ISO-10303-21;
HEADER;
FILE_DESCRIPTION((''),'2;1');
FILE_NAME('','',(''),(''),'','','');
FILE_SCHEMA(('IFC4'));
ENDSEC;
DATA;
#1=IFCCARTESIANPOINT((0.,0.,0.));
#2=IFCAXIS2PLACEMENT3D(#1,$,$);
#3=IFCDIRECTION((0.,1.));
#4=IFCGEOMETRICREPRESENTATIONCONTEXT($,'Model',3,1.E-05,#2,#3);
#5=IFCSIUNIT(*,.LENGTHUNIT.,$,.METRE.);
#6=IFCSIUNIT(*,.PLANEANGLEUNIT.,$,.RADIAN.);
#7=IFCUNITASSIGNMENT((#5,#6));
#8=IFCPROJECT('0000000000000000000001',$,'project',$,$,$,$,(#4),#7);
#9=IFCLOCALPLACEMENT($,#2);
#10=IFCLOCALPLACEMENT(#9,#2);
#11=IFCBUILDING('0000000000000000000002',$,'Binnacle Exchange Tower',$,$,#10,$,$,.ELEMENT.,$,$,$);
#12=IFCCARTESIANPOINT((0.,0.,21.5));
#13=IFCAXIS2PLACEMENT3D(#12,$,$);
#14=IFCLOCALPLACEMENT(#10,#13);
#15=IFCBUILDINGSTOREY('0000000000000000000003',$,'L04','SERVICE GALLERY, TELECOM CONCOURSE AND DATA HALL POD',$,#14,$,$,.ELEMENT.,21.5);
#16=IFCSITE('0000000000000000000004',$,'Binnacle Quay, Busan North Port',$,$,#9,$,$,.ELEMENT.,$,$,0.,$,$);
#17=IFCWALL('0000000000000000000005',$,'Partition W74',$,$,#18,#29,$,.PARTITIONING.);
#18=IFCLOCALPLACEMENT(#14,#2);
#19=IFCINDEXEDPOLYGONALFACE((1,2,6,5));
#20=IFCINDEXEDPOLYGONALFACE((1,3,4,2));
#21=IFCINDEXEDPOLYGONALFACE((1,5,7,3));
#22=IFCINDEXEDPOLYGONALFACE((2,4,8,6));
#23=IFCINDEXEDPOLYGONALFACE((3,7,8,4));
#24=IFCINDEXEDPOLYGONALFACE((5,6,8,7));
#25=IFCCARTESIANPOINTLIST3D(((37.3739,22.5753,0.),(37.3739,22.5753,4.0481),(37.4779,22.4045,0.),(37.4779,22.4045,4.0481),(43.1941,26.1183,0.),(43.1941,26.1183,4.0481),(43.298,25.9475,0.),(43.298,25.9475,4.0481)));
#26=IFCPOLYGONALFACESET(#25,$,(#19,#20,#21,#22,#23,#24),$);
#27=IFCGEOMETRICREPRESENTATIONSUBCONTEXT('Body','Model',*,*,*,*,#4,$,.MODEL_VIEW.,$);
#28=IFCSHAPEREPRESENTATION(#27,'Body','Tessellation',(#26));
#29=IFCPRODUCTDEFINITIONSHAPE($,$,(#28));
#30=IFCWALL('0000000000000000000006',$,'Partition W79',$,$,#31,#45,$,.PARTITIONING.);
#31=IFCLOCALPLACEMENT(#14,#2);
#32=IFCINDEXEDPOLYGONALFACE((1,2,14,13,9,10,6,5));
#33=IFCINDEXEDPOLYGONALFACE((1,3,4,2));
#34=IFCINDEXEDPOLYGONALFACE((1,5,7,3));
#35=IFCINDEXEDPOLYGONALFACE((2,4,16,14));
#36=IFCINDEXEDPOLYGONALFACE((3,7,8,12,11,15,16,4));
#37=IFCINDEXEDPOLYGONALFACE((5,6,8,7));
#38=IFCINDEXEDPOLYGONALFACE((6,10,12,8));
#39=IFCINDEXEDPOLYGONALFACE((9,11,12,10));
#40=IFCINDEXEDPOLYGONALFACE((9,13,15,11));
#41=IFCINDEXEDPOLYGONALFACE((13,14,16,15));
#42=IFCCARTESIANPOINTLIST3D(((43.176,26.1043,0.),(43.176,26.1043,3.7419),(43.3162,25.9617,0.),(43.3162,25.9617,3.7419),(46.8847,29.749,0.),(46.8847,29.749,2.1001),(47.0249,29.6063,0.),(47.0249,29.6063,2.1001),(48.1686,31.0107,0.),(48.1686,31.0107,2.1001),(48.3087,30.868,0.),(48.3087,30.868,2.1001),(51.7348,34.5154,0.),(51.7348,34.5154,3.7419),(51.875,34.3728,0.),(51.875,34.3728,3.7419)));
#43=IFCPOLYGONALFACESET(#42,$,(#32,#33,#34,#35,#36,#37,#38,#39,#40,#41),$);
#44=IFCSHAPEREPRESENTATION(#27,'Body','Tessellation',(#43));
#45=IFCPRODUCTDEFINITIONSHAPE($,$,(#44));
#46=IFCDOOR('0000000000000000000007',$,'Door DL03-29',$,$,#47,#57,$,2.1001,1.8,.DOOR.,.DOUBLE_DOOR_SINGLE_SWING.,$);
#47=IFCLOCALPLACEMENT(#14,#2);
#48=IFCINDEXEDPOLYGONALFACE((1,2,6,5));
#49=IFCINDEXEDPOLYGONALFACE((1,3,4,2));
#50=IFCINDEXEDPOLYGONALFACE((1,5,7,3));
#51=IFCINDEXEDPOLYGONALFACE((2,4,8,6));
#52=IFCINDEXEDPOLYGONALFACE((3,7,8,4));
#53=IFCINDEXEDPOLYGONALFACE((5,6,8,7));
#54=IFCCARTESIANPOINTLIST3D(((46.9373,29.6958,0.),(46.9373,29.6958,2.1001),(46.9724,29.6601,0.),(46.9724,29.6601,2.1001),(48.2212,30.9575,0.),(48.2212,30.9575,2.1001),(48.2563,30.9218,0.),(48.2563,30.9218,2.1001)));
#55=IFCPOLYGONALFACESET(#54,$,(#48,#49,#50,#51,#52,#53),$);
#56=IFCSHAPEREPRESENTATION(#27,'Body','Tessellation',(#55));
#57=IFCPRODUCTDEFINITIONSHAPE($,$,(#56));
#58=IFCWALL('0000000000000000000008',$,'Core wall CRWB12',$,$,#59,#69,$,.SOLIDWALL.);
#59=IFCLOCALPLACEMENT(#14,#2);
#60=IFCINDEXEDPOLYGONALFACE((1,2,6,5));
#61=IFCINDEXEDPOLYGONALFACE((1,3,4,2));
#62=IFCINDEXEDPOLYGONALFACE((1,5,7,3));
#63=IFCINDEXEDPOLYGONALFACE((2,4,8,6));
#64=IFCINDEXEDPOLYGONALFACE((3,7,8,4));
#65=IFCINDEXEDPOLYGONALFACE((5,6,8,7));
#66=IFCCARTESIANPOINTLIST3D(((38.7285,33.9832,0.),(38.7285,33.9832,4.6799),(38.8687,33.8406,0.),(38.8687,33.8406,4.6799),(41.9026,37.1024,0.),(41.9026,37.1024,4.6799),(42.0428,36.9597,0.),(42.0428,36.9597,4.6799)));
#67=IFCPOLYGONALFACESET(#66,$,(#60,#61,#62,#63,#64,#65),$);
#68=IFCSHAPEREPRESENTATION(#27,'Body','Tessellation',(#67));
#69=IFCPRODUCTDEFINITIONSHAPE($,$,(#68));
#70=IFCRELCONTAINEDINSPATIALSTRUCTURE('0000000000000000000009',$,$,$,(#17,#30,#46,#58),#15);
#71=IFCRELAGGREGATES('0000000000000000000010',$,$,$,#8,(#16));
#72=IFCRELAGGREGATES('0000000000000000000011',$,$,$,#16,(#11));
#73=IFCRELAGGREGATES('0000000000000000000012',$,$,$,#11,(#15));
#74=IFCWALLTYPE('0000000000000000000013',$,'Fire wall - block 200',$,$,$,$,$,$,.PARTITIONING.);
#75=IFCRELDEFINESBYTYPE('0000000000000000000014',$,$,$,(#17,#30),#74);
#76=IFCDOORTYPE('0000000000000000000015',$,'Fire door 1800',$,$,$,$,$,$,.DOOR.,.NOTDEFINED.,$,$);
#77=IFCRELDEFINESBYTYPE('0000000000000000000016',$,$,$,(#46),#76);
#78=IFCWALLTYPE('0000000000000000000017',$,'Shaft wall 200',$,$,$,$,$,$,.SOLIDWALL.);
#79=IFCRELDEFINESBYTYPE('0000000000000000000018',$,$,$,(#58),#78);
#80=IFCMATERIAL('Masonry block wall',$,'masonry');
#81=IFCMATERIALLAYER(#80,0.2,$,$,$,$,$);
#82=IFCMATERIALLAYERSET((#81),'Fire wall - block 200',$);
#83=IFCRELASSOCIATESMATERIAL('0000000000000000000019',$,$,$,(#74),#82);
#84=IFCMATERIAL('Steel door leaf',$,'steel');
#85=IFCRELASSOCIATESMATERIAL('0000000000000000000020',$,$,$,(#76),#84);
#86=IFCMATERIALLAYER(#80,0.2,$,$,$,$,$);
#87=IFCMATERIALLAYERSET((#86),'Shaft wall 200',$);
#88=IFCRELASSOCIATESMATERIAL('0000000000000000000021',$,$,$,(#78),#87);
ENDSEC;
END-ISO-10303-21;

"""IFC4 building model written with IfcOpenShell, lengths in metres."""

from ifc_helpers import new_model, si_unit, direction, frame, frame_2d, origin, place, context, subcontext, project, spatial, rectangle, extrude, material, layer, layer_set, type_object, element, fill, save


model = new_model("IFC4")

# Units and contexts
model_context = context("Model", 3, precision=1e-05, world=origin(), true_north=direction((0.0, 1.0)))
body_context = subcontext(model_context, "Body", "Model", "MODEL_VIEW")
ifc_project = project(units=[si_unit("LENGTHUNIT", "METRE"), si_unit("PLANEANGLEUNIT", "RADIAN")], contexts=[model_context])

# Site, building, storey
site_placement = place(None, origin())
site = spatial("IfcSite", under=ifc_project, at=site_placement, Name="Binnacle Quay, Busan North Port", CompositionType="ELEMENT", RefElevation=0.0)
building_placement = place(site_placement, origin())
building = spatial("IfcBuilding", under=site, at=building_placement, Name="Binnacle Exchange Tower", CompositionType="ELEMENT")
storey_placement = place(building_placement, frame((0.0, 0.0, 21.5)))
storey = spatial("IfcBuildingStorey", under=building, at=storey_placement, Name="L04", Description="SERVICE GALLERY, TELECOM CONCOURSE AND DATA HALL POD", CompositionType="ELEMENT", Elevation=21.5)

# Wall
ifc_material_1 = material(Name="Masonry block wall", Category="masonry")
ifc_layer_1 = layer(ifc_material_1, 0.2)
ifc_layer_set_1 = layer_set([ifc_layer_1], Name="Fire wall - block 200")
wall_type_1 = type_object("IfcWallType", Name="Fire wall - block 200", PredefinedType="PARTITIONING", material=ifc_layer_set_1)
wall_1_placement = place(storey_placement, frame((37.426, 22.49, 0.0), z_axis=(0.0, 0.0, 1.0), x_axis=(0.854178, 0.519981, 0.0)))
element("IfcWall", 1, at=wall_1_placement, inside=storey, type_object=wall_type_1, Name="Partition W74", PredefinedType="PARTITIONING", context=body_context, shape_type="SweptSolid", body=[
    extrude(rectangle(XDim=6.8137, YDim=0.2, at=frame_2d((3.4067, 0.0))), origin(), (0.0, 0.0, 1.0), 4.0481),
])

# Wall, opening, door
wall_2_placement = place(storey_placement, frame((43.2461, 26.033, 0.0), z_axis=(0.0, 0.0, 1.0), x_axis=(0.713234, 0.700926, 0.0)))
wall_2 = element("IfcWall", 2, at=wall_2_placement, inside=storey, type_object=wall_type_1, Name="Partition W79", PredefinedType="PARTITIONING", context=body_context, shape_type="SweptSolid", body=[
    extrude(rectangle(XDim=12.0, YDim=0.2, at=frame_2d((6.0, 0.0))), origin(), (0.0, 0.0, 1.0), 3.7419),
])
opening_placement = place(wall_2_placement, frame((5.2, 0.0, 0.0)))
opening = element("IfcOpeningElement", 3, at=opening_placement, cuts=wall_2, PredefinedType="OPENING", context=body_context, shape_type="SweptSolid", body=[
    extrude(rectangle(XDim=1.8, YDim=2.1001, at=frame_2d((0.8999, 1.05))), frame((0.0, 0.1099, 0.0), z_axis=(0.0, -1.0, 0.0), x_axis=(1.0, 0.0, 0.0)), (0.0, 0.0, 1.0), 0.22),
])
ifc_material_2 = material(Name="Steel door leaf", Category="steel")
door_type = type_object("IfcDoorType", Name="Fire door 1800", OperationType="NOTDEFINED", PredefinedType="DOOR", material=ifc_material_2)
door_placement = place(opening_placement, frame((1.8, 0.0, 0.0), z_axis=(0.0, 0.0, 1.0), x_axis=(-1.0, 0.0, 0.0)))
door = element("IfcDoor", 4, at=door_placement, inside=storey, type_object=door_type, Name="Door DL03-29", OperationType="DOUBLE_DOOR_SINGLE_SWING", OverallHeight=2.1001, OverallWidth=1.8, PredefinedType="DOOR", context=body_context, shape_type="SweptSolid", body=[
    extrude(rectangle(XDim=1.8, YDim=2.1001, at=frame_2d((0.8999, 1.05))), frame((0.0, 0.0249, 0.0), z_axis=(0.0, -1.0, 0.0), x_axis=(1.0, 0.0, 0.0)), (0.0, 0.0, 1.0), 0.05),
])
fill(opening, door)

# Wall
ifc_layer_2 = layer(ifc_material_1, 0.2)
ifc_layer_set_2 = layer_set([ifc_layer_2], Name="Shaft wall 200")
wall_type_2 = type_object("IfcWallType", Name="Shaft wall 200", PredefinedType="SOLIDWALL", material=ifc_layer_set_2)
wall_3_placement = place(storey_placement, frame((38.7986, 33.9119, 0.0), z_axis=(0.0, 0.0, 1.0), x_axis=(0.713252, 0.700908, 0.0)))
element("IfcWall", 5, at=wall_3_placement, inside=storey, type_object=wall_type_2, Name="Core wall CRWB12", PredefinedType="SOLIDWALL", context=body_context, shape_type="SweptSolid", body=[
    extrude(rectangle(XDim=4.4502, YDim=0.2, at=frame_2d((2.2251, 0.0))), origin(), (0.0, 0.0, 1.0), 4.6799),
])

save(model, "model.ifc")
